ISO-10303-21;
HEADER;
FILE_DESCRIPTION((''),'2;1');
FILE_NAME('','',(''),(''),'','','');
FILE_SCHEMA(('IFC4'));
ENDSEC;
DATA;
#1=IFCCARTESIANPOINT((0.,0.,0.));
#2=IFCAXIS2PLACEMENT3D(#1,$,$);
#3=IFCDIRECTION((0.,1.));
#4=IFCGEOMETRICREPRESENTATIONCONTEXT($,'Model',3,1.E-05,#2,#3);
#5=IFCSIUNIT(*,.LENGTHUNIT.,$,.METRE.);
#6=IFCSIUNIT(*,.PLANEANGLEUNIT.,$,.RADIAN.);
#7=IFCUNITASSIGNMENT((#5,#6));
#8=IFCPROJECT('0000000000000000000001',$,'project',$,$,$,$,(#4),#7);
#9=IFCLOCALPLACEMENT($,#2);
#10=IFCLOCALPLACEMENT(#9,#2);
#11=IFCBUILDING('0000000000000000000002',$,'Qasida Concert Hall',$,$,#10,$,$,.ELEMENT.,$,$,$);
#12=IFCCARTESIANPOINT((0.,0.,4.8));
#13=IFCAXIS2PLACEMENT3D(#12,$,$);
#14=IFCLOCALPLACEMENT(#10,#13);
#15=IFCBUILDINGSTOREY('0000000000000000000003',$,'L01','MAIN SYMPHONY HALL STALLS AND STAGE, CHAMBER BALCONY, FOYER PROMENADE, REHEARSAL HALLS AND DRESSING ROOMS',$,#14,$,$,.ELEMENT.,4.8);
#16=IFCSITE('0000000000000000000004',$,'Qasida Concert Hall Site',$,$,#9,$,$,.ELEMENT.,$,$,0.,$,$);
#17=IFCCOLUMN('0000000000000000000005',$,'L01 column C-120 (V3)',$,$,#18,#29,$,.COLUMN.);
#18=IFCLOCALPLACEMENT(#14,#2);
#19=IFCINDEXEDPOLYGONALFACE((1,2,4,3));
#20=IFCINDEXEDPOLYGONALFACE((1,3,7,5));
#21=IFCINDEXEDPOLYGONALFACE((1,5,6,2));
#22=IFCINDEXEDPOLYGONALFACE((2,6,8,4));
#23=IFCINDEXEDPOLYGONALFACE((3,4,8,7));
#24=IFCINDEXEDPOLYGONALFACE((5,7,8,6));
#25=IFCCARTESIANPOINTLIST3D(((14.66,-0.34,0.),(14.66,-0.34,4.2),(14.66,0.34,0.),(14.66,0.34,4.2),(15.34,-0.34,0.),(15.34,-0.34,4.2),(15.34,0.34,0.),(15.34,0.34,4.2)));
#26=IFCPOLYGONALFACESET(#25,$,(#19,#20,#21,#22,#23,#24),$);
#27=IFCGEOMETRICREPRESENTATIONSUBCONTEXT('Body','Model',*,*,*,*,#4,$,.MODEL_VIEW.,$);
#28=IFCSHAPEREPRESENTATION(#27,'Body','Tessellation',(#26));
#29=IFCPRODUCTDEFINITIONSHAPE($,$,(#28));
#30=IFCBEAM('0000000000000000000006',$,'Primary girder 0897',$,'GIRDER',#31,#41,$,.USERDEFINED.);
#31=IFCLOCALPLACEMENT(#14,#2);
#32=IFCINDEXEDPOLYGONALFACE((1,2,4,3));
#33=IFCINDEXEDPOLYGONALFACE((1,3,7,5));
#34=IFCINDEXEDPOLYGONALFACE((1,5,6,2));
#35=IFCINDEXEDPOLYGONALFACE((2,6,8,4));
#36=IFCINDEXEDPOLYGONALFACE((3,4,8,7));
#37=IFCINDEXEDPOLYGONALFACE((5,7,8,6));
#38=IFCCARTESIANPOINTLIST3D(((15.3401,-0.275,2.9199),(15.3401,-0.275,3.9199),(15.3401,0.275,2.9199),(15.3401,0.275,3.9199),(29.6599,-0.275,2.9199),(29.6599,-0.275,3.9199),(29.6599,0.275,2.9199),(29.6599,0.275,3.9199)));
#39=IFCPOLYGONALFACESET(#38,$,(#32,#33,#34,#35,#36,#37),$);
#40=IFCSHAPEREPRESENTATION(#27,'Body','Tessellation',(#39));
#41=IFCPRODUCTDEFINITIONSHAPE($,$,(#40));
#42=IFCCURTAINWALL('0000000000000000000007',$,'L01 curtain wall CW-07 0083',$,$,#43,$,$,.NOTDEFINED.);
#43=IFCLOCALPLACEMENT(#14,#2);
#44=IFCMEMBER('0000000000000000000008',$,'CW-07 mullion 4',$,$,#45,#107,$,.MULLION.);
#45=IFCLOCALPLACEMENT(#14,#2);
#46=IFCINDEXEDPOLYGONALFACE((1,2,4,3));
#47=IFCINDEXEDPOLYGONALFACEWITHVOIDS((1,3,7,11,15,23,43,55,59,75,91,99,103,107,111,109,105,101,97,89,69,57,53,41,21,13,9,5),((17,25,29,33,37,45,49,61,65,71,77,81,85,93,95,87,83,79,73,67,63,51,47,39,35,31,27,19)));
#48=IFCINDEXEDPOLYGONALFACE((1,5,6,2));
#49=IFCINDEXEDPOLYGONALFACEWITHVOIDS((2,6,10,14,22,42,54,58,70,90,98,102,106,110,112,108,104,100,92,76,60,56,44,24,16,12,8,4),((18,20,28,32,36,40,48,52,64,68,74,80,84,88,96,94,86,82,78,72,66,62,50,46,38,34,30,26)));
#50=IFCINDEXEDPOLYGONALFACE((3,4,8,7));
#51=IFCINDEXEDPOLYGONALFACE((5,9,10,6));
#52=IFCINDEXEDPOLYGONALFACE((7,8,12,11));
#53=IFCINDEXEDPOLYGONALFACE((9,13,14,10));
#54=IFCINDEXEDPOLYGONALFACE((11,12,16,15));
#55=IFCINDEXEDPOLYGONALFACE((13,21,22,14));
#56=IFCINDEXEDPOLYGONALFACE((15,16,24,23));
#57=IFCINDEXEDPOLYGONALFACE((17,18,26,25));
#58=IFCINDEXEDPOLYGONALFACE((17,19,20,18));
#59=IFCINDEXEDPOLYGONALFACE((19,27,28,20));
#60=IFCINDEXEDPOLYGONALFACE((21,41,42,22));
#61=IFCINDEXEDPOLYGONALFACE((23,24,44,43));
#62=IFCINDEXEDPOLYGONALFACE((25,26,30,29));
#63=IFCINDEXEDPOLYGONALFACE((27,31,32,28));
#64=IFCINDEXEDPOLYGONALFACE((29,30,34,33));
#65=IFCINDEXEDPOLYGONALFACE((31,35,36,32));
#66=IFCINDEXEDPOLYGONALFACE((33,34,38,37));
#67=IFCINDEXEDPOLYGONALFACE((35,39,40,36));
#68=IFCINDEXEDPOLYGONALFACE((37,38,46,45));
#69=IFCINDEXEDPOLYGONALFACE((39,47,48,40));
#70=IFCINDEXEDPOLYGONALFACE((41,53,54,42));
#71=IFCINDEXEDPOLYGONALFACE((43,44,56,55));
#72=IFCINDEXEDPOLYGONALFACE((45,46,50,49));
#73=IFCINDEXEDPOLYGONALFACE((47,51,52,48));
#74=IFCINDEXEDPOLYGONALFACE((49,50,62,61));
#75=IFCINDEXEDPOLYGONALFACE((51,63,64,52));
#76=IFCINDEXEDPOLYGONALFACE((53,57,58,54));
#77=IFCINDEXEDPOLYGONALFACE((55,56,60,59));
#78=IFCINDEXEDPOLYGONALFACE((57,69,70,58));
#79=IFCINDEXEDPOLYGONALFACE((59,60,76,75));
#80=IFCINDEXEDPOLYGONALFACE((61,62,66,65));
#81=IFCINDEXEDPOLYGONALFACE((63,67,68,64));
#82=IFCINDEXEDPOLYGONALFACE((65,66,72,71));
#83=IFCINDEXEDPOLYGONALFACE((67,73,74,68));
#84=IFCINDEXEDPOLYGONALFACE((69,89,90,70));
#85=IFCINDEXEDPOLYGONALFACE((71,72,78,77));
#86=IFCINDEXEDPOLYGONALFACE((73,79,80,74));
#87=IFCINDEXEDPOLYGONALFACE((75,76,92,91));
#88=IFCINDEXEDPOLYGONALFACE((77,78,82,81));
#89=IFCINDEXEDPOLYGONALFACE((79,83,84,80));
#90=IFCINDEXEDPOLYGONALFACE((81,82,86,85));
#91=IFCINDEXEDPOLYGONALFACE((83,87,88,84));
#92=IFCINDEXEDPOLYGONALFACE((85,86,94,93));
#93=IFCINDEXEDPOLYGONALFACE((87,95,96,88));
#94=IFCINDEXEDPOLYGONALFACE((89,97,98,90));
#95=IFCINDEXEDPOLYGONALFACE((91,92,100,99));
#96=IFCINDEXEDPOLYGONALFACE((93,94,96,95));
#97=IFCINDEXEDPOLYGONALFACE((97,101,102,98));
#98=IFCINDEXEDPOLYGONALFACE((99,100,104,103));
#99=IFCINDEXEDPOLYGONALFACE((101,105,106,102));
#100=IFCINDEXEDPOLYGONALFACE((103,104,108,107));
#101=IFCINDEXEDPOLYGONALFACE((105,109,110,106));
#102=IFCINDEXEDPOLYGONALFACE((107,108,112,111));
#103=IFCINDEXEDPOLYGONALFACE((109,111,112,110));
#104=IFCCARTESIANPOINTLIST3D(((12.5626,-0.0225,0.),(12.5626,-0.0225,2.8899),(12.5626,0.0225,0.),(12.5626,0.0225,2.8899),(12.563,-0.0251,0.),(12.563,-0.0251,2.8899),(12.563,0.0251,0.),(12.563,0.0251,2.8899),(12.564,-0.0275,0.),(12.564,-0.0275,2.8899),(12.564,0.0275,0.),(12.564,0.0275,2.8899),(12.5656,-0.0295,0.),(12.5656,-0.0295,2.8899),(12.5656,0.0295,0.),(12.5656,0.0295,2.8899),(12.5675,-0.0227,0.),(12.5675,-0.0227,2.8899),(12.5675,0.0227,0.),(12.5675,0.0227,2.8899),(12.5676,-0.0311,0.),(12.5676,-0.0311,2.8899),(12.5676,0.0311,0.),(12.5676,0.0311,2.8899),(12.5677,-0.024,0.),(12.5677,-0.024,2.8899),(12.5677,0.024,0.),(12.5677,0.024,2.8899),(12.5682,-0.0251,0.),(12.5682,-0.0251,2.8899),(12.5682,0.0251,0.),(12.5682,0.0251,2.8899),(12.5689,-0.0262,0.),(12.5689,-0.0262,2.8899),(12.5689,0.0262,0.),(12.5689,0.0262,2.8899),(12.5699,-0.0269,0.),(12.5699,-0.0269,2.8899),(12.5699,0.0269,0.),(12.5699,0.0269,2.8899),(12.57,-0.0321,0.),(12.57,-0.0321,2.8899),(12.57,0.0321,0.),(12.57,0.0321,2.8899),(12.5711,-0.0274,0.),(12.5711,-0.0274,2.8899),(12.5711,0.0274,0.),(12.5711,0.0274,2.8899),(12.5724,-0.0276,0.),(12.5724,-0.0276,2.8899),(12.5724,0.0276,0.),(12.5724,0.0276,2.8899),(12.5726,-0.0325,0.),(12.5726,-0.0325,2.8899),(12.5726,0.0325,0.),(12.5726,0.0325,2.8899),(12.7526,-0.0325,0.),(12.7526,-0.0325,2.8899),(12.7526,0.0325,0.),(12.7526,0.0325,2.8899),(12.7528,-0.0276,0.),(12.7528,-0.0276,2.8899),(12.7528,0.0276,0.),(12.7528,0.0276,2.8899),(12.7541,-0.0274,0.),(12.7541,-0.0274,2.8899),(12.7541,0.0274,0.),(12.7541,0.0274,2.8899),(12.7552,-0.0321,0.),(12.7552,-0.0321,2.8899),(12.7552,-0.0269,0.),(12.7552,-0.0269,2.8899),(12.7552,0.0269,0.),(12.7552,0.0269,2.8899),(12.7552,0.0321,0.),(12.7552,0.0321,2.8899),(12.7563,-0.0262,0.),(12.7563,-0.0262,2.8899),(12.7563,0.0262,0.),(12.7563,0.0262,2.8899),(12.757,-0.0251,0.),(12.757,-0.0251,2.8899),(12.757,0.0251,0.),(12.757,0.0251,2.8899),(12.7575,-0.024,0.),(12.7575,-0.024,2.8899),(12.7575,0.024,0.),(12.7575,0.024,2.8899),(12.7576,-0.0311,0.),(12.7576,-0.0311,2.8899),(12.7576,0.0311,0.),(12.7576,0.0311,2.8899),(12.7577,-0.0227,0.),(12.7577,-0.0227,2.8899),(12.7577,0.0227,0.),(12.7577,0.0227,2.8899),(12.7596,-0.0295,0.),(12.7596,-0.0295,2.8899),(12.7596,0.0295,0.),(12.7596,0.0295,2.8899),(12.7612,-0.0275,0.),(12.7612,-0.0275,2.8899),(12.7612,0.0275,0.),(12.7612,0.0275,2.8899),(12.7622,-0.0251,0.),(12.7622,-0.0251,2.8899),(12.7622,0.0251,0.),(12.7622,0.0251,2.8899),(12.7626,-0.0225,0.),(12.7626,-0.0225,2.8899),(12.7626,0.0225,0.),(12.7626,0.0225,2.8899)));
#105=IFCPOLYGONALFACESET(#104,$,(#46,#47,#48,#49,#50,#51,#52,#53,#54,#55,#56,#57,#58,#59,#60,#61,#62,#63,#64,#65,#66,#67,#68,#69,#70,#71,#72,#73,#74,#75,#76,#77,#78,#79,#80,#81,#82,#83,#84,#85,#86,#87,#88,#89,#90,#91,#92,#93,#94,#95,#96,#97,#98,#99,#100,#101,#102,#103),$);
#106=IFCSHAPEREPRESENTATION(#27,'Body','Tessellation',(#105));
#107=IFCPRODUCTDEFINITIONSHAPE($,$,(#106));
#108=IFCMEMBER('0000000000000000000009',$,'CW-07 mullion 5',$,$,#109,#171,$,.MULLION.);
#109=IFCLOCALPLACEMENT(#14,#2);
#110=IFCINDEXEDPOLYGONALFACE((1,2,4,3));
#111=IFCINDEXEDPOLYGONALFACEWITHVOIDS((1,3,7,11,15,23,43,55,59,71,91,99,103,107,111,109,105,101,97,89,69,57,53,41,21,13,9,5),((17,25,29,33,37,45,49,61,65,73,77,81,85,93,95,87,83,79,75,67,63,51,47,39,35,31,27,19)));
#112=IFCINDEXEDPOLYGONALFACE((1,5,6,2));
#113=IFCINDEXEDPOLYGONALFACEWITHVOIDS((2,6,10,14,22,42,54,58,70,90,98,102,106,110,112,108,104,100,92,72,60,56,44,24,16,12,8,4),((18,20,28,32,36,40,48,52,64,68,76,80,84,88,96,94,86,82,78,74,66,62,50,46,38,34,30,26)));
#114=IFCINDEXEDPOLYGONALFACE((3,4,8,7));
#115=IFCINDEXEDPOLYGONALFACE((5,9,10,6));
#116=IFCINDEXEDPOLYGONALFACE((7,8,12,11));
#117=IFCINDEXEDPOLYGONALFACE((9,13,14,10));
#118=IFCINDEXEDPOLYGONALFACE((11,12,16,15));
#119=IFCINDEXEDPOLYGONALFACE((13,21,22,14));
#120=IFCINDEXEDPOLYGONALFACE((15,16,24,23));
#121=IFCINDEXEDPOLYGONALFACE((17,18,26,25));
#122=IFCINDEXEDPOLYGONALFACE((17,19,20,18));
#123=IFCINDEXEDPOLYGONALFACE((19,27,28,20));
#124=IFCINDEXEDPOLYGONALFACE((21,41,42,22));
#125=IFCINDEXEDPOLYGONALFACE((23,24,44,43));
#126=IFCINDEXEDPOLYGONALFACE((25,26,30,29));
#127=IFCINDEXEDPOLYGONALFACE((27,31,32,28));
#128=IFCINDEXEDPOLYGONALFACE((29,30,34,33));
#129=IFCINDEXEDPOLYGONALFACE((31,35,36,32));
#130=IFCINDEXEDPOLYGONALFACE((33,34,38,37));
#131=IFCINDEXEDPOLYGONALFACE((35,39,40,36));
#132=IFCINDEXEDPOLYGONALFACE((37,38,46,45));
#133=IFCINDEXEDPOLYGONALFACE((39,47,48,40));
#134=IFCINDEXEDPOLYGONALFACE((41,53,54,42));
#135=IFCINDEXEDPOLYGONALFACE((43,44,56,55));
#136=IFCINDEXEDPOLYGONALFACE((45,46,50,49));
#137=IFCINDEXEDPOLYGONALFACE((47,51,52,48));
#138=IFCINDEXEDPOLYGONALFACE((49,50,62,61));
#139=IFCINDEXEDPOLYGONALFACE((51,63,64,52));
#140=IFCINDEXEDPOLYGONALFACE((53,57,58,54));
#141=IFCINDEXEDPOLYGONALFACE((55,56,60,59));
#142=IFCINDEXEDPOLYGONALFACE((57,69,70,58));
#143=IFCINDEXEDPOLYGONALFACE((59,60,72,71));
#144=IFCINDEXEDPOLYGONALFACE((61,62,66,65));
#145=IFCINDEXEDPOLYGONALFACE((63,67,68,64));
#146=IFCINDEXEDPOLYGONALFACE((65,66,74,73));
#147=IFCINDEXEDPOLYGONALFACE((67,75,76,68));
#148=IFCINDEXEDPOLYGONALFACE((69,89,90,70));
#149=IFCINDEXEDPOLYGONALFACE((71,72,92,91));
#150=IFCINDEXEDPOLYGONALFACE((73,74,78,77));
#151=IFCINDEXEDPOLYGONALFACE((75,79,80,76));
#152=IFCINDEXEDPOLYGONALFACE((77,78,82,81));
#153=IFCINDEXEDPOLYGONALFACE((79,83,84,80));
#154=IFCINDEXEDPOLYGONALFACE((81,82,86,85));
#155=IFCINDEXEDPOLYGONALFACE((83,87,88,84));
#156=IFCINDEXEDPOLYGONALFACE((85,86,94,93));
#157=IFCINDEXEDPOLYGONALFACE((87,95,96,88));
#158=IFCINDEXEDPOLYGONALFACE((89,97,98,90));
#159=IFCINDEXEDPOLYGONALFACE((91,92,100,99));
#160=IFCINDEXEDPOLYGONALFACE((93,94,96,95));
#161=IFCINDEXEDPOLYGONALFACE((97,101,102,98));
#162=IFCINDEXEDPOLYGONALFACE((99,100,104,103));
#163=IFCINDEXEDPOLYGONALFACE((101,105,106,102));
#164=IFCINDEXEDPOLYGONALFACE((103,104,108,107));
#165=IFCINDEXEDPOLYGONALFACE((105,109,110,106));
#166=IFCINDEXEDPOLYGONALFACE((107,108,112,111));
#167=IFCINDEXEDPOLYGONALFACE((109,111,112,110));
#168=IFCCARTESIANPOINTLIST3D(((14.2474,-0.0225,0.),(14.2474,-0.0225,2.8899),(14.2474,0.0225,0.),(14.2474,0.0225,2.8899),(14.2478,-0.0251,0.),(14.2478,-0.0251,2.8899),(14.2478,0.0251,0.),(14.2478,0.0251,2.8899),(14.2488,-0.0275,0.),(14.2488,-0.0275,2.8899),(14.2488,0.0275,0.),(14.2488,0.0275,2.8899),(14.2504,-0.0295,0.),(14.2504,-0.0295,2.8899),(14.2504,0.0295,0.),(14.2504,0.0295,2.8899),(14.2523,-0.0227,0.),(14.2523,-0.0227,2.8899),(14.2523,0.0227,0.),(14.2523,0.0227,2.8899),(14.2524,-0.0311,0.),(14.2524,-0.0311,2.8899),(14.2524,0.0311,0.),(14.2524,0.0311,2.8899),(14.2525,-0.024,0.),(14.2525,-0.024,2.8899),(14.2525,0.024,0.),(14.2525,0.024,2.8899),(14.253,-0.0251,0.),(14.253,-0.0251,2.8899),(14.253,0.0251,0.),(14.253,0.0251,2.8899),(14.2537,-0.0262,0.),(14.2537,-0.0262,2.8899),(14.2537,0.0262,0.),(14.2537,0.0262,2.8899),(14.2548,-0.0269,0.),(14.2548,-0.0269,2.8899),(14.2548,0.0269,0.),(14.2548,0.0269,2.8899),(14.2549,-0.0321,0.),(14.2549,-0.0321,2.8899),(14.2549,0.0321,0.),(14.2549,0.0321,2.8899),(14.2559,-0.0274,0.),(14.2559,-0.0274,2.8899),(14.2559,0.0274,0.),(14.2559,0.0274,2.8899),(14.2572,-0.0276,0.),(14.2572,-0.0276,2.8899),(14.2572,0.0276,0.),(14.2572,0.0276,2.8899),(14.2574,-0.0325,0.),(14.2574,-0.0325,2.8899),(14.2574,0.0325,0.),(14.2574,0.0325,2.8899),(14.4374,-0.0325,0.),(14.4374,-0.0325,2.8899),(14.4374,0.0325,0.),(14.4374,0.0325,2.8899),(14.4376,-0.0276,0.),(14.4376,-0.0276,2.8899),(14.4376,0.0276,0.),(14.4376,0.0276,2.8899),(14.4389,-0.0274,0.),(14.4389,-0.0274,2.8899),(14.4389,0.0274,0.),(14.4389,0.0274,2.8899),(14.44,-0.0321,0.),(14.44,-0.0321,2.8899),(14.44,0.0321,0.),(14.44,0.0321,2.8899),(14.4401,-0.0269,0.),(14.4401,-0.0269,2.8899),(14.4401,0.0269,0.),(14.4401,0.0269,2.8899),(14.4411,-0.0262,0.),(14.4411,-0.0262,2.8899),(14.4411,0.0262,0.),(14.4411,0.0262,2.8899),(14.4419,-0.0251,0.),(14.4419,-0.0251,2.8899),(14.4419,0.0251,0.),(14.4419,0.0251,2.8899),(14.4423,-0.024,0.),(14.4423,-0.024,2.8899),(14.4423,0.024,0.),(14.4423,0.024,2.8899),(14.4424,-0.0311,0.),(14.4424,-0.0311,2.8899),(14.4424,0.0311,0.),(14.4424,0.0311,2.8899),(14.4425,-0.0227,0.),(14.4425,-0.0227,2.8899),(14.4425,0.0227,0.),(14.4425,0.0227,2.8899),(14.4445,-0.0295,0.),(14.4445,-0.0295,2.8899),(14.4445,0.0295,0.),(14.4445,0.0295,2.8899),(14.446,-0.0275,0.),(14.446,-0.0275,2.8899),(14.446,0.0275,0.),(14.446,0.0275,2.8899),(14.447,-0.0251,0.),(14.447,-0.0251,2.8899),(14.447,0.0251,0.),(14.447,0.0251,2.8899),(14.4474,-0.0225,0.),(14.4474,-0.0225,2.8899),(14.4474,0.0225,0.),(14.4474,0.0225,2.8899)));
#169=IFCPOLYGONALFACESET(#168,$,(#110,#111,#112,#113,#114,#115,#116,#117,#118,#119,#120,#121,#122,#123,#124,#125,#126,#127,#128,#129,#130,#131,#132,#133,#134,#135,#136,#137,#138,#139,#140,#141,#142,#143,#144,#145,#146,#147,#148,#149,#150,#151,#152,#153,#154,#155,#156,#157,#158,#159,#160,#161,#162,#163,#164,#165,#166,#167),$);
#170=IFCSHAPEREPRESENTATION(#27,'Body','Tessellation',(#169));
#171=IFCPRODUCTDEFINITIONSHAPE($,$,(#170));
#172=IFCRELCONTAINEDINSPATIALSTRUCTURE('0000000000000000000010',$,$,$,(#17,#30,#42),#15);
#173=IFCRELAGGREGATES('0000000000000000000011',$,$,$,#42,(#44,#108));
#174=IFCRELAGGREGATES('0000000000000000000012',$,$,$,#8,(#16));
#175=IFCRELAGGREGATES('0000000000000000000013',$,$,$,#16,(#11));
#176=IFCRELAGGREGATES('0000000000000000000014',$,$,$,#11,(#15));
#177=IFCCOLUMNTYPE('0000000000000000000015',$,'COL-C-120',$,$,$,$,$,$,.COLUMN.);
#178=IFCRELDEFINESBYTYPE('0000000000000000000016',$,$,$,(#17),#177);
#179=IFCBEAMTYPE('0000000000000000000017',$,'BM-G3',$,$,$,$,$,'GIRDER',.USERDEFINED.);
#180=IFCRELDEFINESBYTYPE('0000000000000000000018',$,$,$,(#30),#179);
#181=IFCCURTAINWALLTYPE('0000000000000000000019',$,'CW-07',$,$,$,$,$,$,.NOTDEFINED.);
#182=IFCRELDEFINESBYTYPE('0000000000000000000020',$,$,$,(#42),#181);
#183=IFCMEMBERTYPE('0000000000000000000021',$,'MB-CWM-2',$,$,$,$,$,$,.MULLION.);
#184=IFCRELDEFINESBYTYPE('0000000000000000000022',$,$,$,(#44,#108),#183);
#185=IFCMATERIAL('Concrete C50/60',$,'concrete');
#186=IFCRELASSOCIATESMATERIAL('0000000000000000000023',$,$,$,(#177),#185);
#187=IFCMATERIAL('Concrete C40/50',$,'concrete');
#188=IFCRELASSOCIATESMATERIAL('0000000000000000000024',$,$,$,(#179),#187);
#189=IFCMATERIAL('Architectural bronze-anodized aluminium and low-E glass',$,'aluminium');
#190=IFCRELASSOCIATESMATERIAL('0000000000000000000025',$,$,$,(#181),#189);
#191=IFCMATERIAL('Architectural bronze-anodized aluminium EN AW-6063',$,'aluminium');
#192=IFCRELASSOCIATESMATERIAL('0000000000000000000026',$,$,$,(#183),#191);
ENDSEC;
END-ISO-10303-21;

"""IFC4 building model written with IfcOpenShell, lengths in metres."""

from ifc_helpers import new_model, si_unit, direction, frame, origin, origin_2d, place, context, subcontext, project, spatial, rectangle, hollow_rectangle, extrude, material, material_profile, profile_set, type_object, element, aggregate, save


model = new_model("IFC4")

# Units and contexts
model_context = context("Model", 3, precision=1e-05, world=origin(), true_north=direction((0.0, 1.0)))
body_context = subcontext(model_context, "Body", "Model", "MODEL_VIEW")
ifc_project = project(units=[si_unit("LENGTHUNIT", "METRE"), si_unit("PLANEANGLEUNIT", "RADIAN")], contexts=[model_context])

# Site, building, storey
site_placement = place(None, origin())
site = spatial("IfcSite", under=ifc_project, at=site_placement, Name="Qasida Concert Hall Site", CompositionType="ELEMENT", RefElevation=0.0)
building_placement = place(site_placement, origin())
building = spatial("IfcBuilding", under=site, at=building_placement, Name="Qasida Concert Hall", CompositionType="ELEMENT")
storey_placement = place(building_placement, frame((0.0, 0.0, 4.8)))
storey = spatial("IfcBuildingStorey", under=building, at=storey_placement, Name="L01", Description="MAIN SYMPHONY HALL STALLS AND STAGE, CHAMBER BALCONY, FOYER PROMENADE, REHEARSAL HALLS AND DRESSING ROOMS", CompositionType="ELEMENT", Elevation=4.8)

# Column
ifc_material_1 = material(Name="Concrete C50/60", Category="concrete")
ifc_material_profile_1 = material_profile(ifc_material_1, rectangle(XDim=0.6799, YDim=0.6799, at=origin_2d()), Name="RC 680x680")
ifc_profile_set_1 = profile_set([ifc_material_profile_1], Name="Concrete C50/60")
column_type = type_object("IfcColumnType", Name="COL-C-120", PredefinedType="COLUMN", material=ifc_profile_set_1)
column_placement = place(storey_placement, frame((15.0, 0.0, 0.0), z_axis=(0.0, 0.0, 1.0), x_axis=(1.0, 0.0, 0.0)))
element("IfcColumn", 1, at=column_placement, inside=storey, type_object=column_type, Name="L01 column C-120 (V3)", PredefinedType="COLUMN", context=body_context, shape_type="SweptSolid", body=[
    extrude(rectangle(XDim=0.6799, YDim=0.6799, at=origin_2d()), origin(), (0.0, 0.0, 1.0), 4.2),
])

# Beam
ifc_material_2 = material(Name="Concrete C40/50", Category="concrete")
ifc_material_profile_2 = material_profile(ifc_material_2, rectangle(XDim=0.55, YDim=1.0, at=origin_2d()), Name="RC 550x1000")
ifc_profile_set_2 = profile_set([ifc_material_profile_2], Name="Concrete C40/50")
beam_type = type_object("IfcBeamType", Name="BM-G3", ElementType="GIRDER", PredefinedType="USERDEFINED", material=ifc_profile_set_2)
beam_placement = place(storey_placement, frame((15.3401, 0.0, 3.4199), z_axis=(1.0, 0.0, 0.0), x_axis=(0.0, 1.0, 0.0)))
element("IfcBeam", 2, at=beam_placement, inside=storey, type_object=beam_type, Name="Primary girder 0897", ObjectType="GIRDER", PredefinedType="USERDEFINED", context=body_context, shape_type="SweptSolid", body=[
    extrude(rectangle(XDim=0.55, YDim=1.0, at=origin_2d()), origin(), (0.0, 0.0, 1.0), 14.3198),
])

# Curtain wall, members
ifc_material_3 = material(Name="Architectural bronze-anodized aluminium and low-E glass", Category="aluminium")
curtain_wall_type = type_object("IfcCurtainWallType", Name="CW-07", PredefinedType="NOTDEFINED", material=ifc_material_3)
curtain_wall_1_placement = place(storey_placement, origin())
curtain_wall_1 = element("IfcCurtainWall", 3, at=curtain_wall_1_placement, inside=storey, type_object=curtain_wall_type, Name="L01 curtain wall CW-07 0083", PredefinedType="NOTDEFINED")
ifc_material_4 = material(Name="Architectural bronze-anodized aluminium EN AW-6063", Category="aluminium")
ifc_material_profile_3 = material_profile(ifc_material_4, hollow_rectangle(XDim=0.0649, YDim=0.2, WallThickness=0.0049, InnerFilletRadius=0.0049, OuterFilletRadius=0.01, at=origin_2d()), Name="CWM 200x65x5")
ifc_profile_set_3 = profile_set([ifc_material_profile_3], Name="Architectural bronze-anodized aluminium EN AW-6063")
member_type_1 = type_object("IfcMemberType", Name="MB-CWM-2", PredefinedType="MULLION", material=ifc_profile_set_3)
member_1_placement = place(storey_placement, frame((12.6626, 0.0, 0.0), z_axis=(0.0, 0.0, 1.0), x_axis=(0.0, 1.0, 0.0)))
member_1 = element("IfcMember", 4, at=member_1_placement, type_object=member_type_1, Name="CW-07 mullion 4", PredefinedType="MULLION", context=body_context, shape_type="SweptSolid", body=[
    extrude(hollow_rectangle(XDim=0.0649, YDim=0.2, WallThickness=0.0049, InnerFilletRadius=0.0049, OuterFilletRadius=0.01, at=origin_2d()), origin(), (0.0, 0.0, 1.0), 2.8899),
])
member_2_placement = place(storey_placement, frame((14.3474, 0.0, 0.0), z_axis=(0.0, 0.0, 1.0), x_axis=(0.0, 1.0, 0.0)))
member_2 = element("IfcMember", 5, at=member_2_placement, type_object=member_type_1, Name="CW-07 mullion 5", PredefinedType="MULLION", context=body_context, shape_type="SweptSolid", body=[
    extrude(hollow_rectangle(XDim=0.0649, YDim=0.2, WallThickness=0.0049, InnerFilletRadius=0.0049, OuterFilletRadius=0.01, at=origin_2d()), origin(), (0.0, 0.0, 1.0), 2.8899),
])

aggregate(curtain_wall_1, [member_1, member_2])

save(model, "model.ifc")
